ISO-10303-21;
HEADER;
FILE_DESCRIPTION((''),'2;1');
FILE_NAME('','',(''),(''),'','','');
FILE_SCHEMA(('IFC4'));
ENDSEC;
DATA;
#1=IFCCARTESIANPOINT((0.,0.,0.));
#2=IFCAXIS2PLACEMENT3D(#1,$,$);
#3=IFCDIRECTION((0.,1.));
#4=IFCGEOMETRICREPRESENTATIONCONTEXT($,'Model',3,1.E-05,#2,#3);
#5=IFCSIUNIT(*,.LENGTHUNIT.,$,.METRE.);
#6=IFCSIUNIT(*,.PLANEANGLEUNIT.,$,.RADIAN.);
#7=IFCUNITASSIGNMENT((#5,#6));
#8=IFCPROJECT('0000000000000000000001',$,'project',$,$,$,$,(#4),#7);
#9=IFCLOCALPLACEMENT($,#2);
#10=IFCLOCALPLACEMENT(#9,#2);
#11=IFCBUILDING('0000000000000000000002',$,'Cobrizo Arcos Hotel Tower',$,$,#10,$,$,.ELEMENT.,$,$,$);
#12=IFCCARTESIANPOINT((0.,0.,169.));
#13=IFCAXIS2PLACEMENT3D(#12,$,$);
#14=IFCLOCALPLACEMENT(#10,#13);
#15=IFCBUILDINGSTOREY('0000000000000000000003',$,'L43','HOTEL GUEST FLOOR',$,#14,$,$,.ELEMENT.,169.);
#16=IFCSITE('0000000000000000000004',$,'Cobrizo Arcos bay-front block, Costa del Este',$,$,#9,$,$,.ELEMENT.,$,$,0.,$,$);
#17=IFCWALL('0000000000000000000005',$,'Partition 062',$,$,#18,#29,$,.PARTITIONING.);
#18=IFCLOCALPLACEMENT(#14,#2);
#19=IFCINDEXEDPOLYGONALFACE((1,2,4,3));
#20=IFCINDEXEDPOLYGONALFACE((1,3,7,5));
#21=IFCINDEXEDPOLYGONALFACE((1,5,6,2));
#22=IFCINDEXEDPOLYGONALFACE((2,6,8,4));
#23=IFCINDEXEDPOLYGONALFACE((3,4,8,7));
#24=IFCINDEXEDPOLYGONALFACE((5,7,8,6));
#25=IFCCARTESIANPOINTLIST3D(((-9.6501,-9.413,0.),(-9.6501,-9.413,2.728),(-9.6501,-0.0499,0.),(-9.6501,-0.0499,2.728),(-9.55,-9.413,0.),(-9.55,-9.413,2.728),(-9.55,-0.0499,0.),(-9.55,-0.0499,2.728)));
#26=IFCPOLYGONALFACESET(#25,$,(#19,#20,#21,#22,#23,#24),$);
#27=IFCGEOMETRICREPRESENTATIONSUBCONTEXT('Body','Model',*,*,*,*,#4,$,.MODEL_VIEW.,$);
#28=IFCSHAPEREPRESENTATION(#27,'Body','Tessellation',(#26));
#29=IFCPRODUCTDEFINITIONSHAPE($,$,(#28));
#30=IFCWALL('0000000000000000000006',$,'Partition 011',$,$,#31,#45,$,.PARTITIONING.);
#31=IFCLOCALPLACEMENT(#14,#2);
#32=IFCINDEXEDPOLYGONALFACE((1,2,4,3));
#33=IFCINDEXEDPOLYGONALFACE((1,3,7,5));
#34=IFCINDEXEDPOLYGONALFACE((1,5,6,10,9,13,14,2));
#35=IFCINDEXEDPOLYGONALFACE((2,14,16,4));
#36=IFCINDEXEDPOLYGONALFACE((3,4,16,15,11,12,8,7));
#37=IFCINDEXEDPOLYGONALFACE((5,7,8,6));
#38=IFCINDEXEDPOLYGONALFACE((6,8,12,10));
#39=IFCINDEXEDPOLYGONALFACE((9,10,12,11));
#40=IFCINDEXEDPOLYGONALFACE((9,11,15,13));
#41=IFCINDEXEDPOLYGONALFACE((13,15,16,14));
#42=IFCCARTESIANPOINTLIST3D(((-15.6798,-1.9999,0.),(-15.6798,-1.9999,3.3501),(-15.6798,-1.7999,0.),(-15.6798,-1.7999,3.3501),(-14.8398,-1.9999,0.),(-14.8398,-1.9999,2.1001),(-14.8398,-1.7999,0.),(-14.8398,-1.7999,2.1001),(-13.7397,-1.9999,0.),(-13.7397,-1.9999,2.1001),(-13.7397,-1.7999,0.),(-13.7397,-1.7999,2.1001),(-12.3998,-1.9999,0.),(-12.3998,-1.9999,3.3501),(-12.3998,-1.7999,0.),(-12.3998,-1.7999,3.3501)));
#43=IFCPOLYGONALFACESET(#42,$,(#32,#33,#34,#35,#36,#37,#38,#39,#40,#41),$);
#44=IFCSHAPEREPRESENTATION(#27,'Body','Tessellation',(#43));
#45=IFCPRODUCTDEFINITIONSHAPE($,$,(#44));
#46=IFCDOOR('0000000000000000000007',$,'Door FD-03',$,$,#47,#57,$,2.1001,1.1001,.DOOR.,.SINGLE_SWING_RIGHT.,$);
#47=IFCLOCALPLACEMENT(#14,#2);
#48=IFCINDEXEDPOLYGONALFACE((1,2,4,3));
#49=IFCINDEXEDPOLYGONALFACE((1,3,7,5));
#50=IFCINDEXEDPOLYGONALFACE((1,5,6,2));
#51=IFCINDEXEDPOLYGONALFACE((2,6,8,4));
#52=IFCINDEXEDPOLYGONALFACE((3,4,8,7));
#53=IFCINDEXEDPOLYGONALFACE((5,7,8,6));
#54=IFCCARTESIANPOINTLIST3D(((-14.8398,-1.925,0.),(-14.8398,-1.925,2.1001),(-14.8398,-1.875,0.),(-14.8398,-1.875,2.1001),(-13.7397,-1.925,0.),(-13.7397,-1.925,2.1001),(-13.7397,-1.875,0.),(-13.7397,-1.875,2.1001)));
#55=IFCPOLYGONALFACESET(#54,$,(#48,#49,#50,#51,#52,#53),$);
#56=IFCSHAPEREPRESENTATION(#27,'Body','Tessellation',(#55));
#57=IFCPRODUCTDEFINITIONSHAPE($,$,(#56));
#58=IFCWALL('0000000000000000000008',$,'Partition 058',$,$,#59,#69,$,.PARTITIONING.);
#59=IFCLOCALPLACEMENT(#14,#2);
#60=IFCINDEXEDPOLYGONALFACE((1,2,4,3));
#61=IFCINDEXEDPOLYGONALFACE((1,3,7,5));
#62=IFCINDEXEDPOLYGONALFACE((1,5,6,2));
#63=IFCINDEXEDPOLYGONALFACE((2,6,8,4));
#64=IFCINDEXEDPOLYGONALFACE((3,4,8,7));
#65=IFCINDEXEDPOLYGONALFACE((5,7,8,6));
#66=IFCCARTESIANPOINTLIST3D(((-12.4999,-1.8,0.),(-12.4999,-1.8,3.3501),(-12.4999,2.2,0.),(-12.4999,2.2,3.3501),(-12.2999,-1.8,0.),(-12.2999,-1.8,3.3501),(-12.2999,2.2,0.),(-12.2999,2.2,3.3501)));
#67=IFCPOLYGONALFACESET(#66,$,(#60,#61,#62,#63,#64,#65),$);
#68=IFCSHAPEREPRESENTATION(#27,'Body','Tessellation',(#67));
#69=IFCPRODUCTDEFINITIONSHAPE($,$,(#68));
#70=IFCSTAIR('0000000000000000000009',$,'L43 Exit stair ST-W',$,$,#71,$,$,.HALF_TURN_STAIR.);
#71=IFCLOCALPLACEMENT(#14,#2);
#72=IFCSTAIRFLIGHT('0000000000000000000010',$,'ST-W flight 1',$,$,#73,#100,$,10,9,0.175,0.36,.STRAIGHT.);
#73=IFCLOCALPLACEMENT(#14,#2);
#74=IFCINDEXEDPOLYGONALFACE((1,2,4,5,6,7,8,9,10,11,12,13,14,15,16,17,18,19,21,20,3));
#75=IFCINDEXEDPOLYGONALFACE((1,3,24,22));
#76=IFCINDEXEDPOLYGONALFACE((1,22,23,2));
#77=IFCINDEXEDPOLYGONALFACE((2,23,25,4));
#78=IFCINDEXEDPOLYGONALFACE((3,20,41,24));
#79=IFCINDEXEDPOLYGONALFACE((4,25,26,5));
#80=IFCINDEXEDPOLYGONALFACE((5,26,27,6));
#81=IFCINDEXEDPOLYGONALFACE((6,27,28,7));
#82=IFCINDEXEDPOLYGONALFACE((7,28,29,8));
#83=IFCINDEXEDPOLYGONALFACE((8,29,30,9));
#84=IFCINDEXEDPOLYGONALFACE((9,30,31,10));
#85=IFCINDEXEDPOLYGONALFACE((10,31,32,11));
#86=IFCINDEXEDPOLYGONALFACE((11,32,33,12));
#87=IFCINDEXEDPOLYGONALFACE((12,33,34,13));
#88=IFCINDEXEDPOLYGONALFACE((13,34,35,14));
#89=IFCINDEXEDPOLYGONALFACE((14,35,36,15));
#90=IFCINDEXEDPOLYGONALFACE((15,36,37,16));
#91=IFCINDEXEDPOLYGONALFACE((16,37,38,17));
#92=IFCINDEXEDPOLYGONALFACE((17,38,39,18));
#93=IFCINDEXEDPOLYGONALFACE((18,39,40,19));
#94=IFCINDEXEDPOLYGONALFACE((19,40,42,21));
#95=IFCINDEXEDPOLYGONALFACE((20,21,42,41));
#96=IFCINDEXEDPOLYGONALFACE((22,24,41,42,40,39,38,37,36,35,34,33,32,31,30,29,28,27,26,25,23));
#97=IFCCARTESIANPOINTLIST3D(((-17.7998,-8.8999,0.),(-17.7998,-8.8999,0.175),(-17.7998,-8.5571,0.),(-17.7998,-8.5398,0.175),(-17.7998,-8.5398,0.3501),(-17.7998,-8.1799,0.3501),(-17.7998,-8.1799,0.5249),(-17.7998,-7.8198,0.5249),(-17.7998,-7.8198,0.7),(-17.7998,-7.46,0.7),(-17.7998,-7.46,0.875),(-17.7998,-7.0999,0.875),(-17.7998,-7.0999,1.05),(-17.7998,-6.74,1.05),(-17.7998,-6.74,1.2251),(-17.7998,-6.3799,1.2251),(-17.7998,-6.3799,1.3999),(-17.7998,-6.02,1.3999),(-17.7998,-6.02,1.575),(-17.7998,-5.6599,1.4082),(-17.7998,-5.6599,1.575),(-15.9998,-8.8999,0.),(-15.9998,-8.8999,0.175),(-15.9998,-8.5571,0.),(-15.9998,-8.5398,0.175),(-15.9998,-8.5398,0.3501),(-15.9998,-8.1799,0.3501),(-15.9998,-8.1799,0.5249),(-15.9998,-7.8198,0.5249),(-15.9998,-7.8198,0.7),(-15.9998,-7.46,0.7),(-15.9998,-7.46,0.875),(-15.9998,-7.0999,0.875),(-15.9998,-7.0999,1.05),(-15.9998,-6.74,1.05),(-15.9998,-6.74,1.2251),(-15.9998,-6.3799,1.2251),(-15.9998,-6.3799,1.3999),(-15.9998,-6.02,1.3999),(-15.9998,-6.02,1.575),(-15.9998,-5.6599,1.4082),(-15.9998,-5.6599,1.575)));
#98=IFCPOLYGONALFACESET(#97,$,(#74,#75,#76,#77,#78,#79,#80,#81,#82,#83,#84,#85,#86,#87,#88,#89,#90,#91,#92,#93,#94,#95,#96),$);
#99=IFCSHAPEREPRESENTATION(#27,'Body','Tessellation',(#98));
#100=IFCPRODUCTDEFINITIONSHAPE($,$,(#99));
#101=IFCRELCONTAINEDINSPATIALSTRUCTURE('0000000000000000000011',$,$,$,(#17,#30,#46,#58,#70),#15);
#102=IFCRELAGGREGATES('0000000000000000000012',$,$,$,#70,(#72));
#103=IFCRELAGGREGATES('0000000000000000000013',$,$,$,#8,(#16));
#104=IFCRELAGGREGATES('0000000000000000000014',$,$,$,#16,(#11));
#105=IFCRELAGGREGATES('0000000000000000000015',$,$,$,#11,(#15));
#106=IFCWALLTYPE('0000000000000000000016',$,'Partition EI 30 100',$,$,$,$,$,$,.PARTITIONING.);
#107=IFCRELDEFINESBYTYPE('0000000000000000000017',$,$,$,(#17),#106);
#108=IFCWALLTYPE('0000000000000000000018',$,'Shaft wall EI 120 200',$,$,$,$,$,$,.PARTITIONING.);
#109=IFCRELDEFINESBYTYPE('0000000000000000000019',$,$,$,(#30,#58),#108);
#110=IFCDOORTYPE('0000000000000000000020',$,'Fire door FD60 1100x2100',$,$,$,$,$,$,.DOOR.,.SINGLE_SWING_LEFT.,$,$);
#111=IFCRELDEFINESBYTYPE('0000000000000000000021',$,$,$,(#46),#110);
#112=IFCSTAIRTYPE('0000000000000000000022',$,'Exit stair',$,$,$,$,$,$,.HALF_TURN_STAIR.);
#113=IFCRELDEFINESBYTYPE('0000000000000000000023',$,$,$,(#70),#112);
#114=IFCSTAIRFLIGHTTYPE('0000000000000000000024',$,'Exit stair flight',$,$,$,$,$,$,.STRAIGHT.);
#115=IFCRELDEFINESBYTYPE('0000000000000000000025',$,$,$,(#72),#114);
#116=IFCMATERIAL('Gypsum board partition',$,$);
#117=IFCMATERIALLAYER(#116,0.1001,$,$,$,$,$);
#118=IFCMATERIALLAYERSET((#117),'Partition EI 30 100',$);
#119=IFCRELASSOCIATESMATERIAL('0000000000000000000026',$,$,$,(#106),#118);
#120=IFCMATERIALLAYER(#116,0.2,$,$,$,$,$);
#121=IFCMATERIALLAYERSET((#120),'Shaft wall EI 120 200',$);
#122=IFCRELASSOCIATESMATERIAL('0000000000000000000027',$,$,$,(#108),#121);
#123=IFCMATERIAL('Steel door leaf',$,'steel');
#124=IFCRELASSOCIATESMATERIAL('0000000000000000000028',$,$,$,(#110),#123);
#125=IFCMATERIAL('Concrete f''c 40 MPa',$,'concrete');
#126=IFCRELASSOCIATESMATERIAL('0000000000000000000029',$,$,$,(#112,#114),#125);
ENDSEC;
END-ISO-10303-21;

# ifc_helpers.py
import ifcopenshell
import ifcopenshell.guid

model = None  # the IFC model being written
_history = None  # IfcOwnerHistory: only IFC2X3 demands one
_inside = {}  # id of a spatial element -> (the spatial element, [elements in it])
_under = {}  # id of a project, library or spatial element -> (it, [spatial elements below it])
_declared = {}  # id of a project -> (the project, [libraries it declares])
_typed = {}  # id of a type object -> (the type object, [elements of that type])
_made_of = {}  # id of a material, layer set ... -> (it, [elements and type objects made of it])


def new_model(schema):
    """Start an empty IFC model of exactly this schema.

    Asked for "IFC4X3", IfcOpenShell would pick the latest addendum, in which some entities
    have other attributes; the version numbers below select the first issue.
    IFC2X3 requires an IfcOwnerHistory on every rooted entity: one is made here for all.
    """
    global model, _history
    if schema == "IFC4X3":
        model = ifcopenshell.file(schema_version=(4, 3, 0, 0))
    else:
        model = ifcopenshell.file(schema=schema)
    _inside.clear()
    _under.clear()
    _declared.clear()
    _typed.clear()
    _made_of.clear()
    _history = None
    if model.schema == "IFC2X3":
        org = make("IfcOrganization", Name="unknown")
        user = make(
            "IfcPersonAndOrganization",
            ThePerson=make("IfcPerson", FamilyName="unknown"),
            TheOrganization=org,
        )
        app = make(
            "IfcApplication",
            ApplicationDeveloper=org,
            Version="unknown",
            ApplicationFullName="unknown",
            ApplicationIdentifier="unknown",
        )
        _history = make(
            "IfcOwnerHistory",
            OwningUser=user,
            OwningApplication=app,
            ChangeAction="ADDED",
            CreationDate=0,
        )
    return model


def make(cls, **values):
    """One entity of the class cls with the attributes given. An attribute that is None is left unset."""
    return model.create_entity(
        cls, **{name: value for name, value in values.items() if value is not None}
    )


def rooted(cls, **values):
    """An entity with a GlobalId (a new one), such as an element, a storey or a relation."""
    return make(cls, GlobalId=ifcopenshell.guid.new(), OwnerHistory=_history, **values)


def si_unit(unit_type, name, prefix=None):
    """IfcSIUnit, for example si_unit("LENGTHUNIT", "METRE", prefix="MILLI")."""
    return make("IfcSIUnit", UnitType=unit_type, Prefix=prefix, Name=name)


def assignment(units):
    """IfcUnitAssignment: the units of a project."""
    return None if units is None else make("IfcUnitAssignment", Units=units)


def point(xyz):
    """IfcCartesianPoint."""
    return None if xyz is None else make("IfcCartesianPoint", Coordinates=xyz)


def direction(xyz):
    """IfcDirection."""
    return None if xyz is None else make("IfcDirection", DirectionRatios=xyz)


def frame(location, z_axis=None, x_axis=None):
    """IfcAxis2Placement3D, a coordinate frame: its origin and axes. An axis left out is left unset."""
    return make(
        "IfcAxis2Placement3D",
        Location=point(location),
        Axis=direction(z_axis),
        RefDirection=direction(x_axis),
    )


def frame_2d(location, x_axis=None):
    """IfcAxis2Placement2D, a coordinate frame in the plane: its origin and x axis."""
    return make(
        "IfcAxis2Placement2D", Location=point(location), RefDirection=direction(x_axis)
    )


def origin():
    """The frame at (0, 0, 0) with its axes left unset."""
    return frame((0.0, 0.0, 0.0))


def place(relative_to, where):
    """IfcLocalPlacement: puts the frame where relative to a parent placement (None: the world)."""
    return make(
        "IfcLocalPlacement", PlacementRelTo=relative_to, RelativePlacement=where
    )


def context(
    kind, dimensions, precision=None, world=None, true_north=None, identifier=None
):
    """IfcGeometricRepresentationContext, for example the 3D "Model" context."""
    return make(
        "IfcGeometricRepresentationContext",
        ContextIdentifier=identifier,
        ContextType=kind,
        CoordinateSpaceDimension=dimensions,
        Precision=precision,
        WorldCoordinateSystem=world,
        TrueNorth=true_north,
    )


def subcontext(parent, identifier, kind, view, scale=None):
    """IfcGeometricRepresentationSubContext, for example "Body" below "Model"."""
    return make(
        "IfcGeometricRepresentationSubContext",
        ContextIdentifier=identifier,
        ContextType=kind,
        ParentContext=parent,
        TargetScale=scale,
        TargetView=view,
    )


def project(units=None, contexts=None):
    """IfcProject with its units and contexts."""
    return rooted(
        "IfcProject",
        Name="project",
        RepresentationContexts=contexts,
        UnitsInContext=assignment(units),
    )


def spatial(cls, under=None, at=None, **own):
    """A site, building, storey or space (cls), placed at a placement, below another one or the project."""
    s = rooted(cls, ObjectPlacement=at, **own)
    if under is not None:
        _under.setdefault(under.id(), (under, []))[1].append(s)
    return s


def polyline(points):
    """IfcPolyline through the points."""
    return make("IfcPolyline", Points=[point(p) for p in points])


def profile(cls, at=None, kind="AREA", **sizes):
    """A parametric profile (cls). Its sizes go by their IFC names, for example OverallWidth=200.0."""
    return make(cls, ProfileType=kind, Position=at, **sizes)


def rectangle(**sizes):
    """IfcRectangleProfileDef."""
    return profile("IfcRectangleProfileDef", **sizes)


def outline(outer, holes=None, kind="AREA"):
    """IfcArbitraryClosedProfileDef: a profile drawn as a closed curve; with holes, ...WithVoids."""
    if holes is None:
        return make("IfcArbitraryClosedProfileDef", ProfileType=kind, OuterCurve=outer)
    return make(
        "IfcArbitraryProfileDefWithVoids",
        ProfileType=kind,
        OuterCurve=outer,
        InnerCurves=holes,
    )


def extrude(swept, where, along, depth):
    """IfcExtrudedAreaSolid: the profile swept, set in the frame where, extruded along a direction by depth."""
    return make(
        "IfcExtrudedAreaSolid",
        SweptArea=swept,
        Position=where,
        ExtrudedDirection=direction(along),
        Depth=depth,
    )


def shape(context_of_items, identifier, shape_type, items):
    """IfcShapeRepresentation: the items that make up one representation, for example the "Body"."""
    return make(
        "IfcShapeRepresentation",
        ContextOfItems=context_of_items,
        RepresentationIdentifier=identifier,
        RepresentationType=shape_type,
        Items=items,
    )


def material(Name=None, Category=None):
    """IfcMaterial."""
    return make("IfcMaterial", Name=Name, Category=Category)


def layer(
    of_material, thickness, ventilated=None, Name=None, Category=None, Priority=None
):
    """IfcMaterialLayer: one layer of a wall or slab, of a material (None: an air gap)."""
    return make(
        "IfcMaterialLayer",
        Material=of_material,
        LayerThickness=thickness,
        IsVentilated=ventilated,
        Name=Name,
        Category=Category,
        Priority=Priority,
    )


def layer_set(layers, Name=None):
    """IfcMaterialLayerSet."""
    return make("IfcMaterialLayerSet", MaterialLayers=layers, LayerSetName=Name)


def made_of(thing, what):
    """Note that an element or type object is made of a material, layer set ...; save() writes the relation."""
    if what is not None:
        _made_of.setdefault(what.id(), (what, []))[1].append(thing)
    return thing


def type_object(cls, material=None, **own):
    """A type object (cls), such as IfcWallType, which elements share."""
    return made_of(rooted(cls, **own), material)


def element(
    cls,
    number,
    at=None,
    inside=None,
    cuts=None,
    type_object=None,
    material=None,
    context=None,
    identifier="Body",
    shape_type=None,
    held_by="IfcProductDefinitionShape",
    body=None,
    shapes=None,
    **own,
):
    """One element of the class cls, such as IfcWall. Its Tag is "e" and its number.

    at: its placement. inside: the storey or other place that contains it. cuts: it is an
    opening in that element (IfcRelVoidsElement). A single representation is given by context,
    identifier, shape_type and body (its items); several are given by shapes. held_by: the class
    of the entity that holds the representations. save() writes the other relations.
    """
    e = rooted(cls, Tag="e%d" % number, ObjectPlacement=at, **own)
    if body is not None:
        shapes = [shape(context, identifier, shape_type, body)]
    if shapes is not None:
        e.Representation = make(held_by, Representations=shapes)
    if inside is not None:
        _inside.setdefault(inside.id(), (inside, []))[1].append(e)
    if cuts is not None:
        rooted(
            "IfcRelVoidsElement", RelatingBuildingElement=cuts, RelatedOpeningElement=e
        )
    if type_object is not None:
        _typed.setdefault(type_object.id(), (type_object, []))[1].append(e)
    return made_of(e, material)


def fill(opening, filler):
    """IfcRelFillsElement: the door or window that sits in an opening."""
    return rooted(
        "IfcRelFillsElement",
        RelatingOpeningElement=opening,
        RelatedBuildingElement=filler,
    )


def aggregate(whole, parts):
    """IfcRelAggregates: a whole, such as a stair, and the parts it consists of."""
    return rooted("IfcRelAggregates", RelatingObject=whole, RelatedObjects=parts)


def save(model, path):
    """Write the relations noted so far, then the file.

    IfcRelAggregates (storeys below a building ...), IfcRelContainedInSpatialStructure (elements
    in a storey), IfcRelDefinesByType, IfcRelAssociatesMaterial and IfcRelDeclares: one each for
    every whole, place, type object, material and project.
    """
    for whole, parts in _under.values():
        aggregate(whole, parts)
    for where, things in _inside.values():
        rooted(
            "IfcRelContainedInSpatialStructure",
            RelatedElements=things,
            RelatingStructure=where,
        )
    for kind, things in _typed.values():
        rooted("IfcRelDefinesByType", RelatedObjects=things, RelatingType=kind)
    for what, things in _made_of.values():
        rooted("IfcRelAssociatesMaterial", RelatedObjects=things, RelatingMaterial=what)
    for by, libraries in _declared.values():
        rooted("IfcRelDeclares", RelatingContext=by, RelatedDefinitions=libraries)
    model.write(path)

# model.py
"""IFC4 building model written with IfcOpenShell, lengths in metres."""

from ifc_helpers import new_model, si_unit, direction, frame, frame_2d, origin, place, context, subcontext, project, spatial, polyline, rectangle, outline, extrude, material, layer, layer_set, type_object, element, fill, aggregate, save


model = new_model("IFC4")

# Units and contexts
model_context = context("Model", 3, precision=1e-05, world=origin(), true_north=direction((0.0, 1.0)))
body_context = subcontext(model_context, "Body", "Model", "MODEL_VIEW")
ifc_project = project(units=[si_unit("LENGTHUNIT", "METRE"), si_unit("PLANEANGLEUNIT", "RADIAN")], contexts=[model_context])

# Site, building, storey
site_placement = place(None, origin())
site = spatial("IfcSite", under=ifc_project, at=site_placement, Name="Cobrizo Arcos bay-front block, Costa del Este", CompositionType="ELEMENT", RefElevation=0.0)
building_placement = place(site_placement, origin())
building = spatial("IfcBuilding", under=site, at=building_placement, Name="Cobrizo Arcos Hotel Tower", CompositionType="ELEMENT")
storey_placement = place(building_placement, frame((0.0, 0.0, 169.0)))
storey = spatial("IfcBuildingStorey", under=building, at=storey_placement, Name="L43", Description="HOTEL GUEST FLOOR", CompositionType="ELEMENT", Elevation=169.0)

# Wall
ifc_material_1 = material(Name="Gypsum board partition")
ifc_layer_1 = layer(ifc_material_1, 0.1001)
ifc_layer_set_1 = layer_set([ifc_layer_1], Name="Partition EI 30 100")
wall_type_1 = type_object("IfcWallType", Name="Partition EI 30 100", PredefinedType="PARTITIONING", material=ifc_layer_set_1)
wall_1_placement = place(storey_placement, frame((-9.6001, -9.4131, 0.0), z_axis=(0.0, 0.0, 1.0), x_axis=(0.0, 1.0, 0.0)))
element("IfcWall", 1, at=wall_1_placement, inside=storey, type_object=wall_type_1, Name="Partition 062", PredefinedType="PARTITIONING", context=body_context, shape_type="SweptSolid", body=[
    extrude(rectangle(XDim=9.363, YDim=0.1001, at=frame_2d((4.6816, 0.0))), origin(), (0.0, 0.0, 1.0), 2.728),
])

# Wall, opening, door
ifc_layer_2 = layer(ifc_material_1, 0.2)
ifc_layer_set_2 = layer_set([ifc_layer_2], Name="Shaft wall EI 120 200")
wall_type_2 = type_object("IfcWallType", Name="Shaft wall EI 120 200", PredefinedType="PARTITIONING", material=ifc_layer_set_2)
wall_2_placement = place(storey_placement, frame((-15.6799, -1.8999, 0.0), z_axis=(0.0, 0.0, 1.0), x_axis=(1.0, 0.0, 0.0)))
wall_2 = element("IfcWall", 2, at=wall_2_placement, inside=storey, type_object=wall_type_2, Name="Partition 011", PredefinedType="PARTITIONING", context=body_context, shape_type="SweptSolid", body=[
    extrude(rectangle(XDim=3.28, YDim=0.2, at=frame_2d((1.6401, 0.0))), origin(), (0.0, 0.0, 1.0), 3.3501),
])
opening_placement = place(wall_2_placement, frame((0.8401, 0.0, 0.0)))
opening = element("IfcOpeningElement", 3, at=opening_placement, cuts=wall_2, PredefinedType="OPENING", context=body_context, shape_type="SweptSolid", body=[
    extrude(rectangle(XDim=1.1001, YDim=2.1001, at=frame_2d((0.55, 1.05))), frame((0.0, 0.1121, 0.0), z_axis=(0.0, -1.0, 0.0), x_axis=(1.0, 0.0, 0.0)), (0.0, 0.0, 1.0), 0.2239),
])
ifc_material_2 = material(Name="Steel door leaf", Category="steel")
door_type = type_object("IfcDoorType", Name="Fire door FD60 1100x2100", OperationType="SINGLE_SWING_LEFT", PredefinedType="DOOR", material=ifc_material_2)
door_placement = place(opening_placement, origin())
door = element("IfcDoor", 4, at=door_placement, inside=storey, type_object=door_type, Name="Door FD-03", OperationType="SINGLE_SWING_RIGHT", OverallHeight=2.1001, OverallWidth=1.1001, PredefinedType="DOOR", context=body_context, shape_type="SweptSolid", body=[
    extrude(rectangle(XDim=1.1001, YDim=2.1001, at=frame_2d((0.55, 1.05))), frame((0.0, 0.0249, 0.0), z_axis=(0.0, -1.0, 0.0), x_axis=(1.0, 0.0, 0.0)), (0.0, 0.0, 1.0), 0.05),
])
fill(opening, door)

# Wall
wall_3_placement = place(storey_placement, frame((-12.3999, -1.8, 0.0), z_axis=(0.0, 0.0, 1.0), x_axis=(0.0, 1.0, 0.0)))
element("IfcWall", 5, at=wall_3_placement, inside=storey, type_object=wall_type_2, Name="Partition 058", PredefinedType="PARTITIONING", context=body_context, shape_type="SweptSolid", body=[
    extrude(rectangle(XDim=4.0, YDim=0.2, at=frame_2d((2.0, 0.0))), origin(), (0.0, 0.0, 1.0), 3.3501),
])

# Stair, stair flight
ifc_material_3 = material(Name="Concrete f'c 40 MPa", Category="concrete")
stair_type = type_object("IfcStairType", Name="Exit stair", PredefinedType="HALF_TURN_STAIR", material=ifc_material_3)
stair_placement = place(storey_placement, origin())
stair = element("IfcStair", 6, at=stair_placement, inside=storey, type_object=stair_type, Name="L43 Exit stair ST-W", PredefinedType="HALF_TURN_STAIR")
stair_flight_type = type_object("IfcStairFlightType", Name="Exit stair flight", PredefinedType="STRAIGHT", material=ifc_material_3)
stair_flight_placement = place(storey_placement, frame((-16.8999, -8.8999, 0.0), z_axis=(0.0, 0.0, 1.0), x_axis=(0.0, 1.0, 0.0)))
stair_flight = element("IfcStairFlight", 7, at=stair_flight_placement, type_object=stair_flight_type, Name="ST-W flight 1", NumberOfRisers=10, NumberOfTreads=9, PredefinedType="STRAIGHT", RiserHeight=0.175, TreadLength=0.36, context=body_context, shape_type="SweptSolid", body=[
    extrude(outline(polyline([(0.0, 0.0), (0.0, 0.175), (0.3601, 0.175), (0.3601, 0.3501), (0.72, 0.3501), (0.72, 0.5249), (1.0801, 0.5249), (1.0801, 0.7), (1.4399, 0.7), (1.4399, 0.875), (1.8, 0.875), (1.8, 1.05), (2.1599, 1.05), (2.1599, 1.2251), (2.52, 1.2251), (2.52, 1.3999), (2.8799, 1.3999), (2.8799, 1.575), (3.24, 1.575), (3.24, 1.75), (3.24, 1.4082), (0.3428, 0.0), (0.0, 0.0)])), frame((0.0, 0.8999, 0.0), z_axis=(0.0, -1.0, 0.0), x_axis=(1.0, 0.0, 0.0)), (0.0, 0.0, 1.0), 1.8),
])
aggregate(stair, [stair_flight])

save(model, "model.ifc")
